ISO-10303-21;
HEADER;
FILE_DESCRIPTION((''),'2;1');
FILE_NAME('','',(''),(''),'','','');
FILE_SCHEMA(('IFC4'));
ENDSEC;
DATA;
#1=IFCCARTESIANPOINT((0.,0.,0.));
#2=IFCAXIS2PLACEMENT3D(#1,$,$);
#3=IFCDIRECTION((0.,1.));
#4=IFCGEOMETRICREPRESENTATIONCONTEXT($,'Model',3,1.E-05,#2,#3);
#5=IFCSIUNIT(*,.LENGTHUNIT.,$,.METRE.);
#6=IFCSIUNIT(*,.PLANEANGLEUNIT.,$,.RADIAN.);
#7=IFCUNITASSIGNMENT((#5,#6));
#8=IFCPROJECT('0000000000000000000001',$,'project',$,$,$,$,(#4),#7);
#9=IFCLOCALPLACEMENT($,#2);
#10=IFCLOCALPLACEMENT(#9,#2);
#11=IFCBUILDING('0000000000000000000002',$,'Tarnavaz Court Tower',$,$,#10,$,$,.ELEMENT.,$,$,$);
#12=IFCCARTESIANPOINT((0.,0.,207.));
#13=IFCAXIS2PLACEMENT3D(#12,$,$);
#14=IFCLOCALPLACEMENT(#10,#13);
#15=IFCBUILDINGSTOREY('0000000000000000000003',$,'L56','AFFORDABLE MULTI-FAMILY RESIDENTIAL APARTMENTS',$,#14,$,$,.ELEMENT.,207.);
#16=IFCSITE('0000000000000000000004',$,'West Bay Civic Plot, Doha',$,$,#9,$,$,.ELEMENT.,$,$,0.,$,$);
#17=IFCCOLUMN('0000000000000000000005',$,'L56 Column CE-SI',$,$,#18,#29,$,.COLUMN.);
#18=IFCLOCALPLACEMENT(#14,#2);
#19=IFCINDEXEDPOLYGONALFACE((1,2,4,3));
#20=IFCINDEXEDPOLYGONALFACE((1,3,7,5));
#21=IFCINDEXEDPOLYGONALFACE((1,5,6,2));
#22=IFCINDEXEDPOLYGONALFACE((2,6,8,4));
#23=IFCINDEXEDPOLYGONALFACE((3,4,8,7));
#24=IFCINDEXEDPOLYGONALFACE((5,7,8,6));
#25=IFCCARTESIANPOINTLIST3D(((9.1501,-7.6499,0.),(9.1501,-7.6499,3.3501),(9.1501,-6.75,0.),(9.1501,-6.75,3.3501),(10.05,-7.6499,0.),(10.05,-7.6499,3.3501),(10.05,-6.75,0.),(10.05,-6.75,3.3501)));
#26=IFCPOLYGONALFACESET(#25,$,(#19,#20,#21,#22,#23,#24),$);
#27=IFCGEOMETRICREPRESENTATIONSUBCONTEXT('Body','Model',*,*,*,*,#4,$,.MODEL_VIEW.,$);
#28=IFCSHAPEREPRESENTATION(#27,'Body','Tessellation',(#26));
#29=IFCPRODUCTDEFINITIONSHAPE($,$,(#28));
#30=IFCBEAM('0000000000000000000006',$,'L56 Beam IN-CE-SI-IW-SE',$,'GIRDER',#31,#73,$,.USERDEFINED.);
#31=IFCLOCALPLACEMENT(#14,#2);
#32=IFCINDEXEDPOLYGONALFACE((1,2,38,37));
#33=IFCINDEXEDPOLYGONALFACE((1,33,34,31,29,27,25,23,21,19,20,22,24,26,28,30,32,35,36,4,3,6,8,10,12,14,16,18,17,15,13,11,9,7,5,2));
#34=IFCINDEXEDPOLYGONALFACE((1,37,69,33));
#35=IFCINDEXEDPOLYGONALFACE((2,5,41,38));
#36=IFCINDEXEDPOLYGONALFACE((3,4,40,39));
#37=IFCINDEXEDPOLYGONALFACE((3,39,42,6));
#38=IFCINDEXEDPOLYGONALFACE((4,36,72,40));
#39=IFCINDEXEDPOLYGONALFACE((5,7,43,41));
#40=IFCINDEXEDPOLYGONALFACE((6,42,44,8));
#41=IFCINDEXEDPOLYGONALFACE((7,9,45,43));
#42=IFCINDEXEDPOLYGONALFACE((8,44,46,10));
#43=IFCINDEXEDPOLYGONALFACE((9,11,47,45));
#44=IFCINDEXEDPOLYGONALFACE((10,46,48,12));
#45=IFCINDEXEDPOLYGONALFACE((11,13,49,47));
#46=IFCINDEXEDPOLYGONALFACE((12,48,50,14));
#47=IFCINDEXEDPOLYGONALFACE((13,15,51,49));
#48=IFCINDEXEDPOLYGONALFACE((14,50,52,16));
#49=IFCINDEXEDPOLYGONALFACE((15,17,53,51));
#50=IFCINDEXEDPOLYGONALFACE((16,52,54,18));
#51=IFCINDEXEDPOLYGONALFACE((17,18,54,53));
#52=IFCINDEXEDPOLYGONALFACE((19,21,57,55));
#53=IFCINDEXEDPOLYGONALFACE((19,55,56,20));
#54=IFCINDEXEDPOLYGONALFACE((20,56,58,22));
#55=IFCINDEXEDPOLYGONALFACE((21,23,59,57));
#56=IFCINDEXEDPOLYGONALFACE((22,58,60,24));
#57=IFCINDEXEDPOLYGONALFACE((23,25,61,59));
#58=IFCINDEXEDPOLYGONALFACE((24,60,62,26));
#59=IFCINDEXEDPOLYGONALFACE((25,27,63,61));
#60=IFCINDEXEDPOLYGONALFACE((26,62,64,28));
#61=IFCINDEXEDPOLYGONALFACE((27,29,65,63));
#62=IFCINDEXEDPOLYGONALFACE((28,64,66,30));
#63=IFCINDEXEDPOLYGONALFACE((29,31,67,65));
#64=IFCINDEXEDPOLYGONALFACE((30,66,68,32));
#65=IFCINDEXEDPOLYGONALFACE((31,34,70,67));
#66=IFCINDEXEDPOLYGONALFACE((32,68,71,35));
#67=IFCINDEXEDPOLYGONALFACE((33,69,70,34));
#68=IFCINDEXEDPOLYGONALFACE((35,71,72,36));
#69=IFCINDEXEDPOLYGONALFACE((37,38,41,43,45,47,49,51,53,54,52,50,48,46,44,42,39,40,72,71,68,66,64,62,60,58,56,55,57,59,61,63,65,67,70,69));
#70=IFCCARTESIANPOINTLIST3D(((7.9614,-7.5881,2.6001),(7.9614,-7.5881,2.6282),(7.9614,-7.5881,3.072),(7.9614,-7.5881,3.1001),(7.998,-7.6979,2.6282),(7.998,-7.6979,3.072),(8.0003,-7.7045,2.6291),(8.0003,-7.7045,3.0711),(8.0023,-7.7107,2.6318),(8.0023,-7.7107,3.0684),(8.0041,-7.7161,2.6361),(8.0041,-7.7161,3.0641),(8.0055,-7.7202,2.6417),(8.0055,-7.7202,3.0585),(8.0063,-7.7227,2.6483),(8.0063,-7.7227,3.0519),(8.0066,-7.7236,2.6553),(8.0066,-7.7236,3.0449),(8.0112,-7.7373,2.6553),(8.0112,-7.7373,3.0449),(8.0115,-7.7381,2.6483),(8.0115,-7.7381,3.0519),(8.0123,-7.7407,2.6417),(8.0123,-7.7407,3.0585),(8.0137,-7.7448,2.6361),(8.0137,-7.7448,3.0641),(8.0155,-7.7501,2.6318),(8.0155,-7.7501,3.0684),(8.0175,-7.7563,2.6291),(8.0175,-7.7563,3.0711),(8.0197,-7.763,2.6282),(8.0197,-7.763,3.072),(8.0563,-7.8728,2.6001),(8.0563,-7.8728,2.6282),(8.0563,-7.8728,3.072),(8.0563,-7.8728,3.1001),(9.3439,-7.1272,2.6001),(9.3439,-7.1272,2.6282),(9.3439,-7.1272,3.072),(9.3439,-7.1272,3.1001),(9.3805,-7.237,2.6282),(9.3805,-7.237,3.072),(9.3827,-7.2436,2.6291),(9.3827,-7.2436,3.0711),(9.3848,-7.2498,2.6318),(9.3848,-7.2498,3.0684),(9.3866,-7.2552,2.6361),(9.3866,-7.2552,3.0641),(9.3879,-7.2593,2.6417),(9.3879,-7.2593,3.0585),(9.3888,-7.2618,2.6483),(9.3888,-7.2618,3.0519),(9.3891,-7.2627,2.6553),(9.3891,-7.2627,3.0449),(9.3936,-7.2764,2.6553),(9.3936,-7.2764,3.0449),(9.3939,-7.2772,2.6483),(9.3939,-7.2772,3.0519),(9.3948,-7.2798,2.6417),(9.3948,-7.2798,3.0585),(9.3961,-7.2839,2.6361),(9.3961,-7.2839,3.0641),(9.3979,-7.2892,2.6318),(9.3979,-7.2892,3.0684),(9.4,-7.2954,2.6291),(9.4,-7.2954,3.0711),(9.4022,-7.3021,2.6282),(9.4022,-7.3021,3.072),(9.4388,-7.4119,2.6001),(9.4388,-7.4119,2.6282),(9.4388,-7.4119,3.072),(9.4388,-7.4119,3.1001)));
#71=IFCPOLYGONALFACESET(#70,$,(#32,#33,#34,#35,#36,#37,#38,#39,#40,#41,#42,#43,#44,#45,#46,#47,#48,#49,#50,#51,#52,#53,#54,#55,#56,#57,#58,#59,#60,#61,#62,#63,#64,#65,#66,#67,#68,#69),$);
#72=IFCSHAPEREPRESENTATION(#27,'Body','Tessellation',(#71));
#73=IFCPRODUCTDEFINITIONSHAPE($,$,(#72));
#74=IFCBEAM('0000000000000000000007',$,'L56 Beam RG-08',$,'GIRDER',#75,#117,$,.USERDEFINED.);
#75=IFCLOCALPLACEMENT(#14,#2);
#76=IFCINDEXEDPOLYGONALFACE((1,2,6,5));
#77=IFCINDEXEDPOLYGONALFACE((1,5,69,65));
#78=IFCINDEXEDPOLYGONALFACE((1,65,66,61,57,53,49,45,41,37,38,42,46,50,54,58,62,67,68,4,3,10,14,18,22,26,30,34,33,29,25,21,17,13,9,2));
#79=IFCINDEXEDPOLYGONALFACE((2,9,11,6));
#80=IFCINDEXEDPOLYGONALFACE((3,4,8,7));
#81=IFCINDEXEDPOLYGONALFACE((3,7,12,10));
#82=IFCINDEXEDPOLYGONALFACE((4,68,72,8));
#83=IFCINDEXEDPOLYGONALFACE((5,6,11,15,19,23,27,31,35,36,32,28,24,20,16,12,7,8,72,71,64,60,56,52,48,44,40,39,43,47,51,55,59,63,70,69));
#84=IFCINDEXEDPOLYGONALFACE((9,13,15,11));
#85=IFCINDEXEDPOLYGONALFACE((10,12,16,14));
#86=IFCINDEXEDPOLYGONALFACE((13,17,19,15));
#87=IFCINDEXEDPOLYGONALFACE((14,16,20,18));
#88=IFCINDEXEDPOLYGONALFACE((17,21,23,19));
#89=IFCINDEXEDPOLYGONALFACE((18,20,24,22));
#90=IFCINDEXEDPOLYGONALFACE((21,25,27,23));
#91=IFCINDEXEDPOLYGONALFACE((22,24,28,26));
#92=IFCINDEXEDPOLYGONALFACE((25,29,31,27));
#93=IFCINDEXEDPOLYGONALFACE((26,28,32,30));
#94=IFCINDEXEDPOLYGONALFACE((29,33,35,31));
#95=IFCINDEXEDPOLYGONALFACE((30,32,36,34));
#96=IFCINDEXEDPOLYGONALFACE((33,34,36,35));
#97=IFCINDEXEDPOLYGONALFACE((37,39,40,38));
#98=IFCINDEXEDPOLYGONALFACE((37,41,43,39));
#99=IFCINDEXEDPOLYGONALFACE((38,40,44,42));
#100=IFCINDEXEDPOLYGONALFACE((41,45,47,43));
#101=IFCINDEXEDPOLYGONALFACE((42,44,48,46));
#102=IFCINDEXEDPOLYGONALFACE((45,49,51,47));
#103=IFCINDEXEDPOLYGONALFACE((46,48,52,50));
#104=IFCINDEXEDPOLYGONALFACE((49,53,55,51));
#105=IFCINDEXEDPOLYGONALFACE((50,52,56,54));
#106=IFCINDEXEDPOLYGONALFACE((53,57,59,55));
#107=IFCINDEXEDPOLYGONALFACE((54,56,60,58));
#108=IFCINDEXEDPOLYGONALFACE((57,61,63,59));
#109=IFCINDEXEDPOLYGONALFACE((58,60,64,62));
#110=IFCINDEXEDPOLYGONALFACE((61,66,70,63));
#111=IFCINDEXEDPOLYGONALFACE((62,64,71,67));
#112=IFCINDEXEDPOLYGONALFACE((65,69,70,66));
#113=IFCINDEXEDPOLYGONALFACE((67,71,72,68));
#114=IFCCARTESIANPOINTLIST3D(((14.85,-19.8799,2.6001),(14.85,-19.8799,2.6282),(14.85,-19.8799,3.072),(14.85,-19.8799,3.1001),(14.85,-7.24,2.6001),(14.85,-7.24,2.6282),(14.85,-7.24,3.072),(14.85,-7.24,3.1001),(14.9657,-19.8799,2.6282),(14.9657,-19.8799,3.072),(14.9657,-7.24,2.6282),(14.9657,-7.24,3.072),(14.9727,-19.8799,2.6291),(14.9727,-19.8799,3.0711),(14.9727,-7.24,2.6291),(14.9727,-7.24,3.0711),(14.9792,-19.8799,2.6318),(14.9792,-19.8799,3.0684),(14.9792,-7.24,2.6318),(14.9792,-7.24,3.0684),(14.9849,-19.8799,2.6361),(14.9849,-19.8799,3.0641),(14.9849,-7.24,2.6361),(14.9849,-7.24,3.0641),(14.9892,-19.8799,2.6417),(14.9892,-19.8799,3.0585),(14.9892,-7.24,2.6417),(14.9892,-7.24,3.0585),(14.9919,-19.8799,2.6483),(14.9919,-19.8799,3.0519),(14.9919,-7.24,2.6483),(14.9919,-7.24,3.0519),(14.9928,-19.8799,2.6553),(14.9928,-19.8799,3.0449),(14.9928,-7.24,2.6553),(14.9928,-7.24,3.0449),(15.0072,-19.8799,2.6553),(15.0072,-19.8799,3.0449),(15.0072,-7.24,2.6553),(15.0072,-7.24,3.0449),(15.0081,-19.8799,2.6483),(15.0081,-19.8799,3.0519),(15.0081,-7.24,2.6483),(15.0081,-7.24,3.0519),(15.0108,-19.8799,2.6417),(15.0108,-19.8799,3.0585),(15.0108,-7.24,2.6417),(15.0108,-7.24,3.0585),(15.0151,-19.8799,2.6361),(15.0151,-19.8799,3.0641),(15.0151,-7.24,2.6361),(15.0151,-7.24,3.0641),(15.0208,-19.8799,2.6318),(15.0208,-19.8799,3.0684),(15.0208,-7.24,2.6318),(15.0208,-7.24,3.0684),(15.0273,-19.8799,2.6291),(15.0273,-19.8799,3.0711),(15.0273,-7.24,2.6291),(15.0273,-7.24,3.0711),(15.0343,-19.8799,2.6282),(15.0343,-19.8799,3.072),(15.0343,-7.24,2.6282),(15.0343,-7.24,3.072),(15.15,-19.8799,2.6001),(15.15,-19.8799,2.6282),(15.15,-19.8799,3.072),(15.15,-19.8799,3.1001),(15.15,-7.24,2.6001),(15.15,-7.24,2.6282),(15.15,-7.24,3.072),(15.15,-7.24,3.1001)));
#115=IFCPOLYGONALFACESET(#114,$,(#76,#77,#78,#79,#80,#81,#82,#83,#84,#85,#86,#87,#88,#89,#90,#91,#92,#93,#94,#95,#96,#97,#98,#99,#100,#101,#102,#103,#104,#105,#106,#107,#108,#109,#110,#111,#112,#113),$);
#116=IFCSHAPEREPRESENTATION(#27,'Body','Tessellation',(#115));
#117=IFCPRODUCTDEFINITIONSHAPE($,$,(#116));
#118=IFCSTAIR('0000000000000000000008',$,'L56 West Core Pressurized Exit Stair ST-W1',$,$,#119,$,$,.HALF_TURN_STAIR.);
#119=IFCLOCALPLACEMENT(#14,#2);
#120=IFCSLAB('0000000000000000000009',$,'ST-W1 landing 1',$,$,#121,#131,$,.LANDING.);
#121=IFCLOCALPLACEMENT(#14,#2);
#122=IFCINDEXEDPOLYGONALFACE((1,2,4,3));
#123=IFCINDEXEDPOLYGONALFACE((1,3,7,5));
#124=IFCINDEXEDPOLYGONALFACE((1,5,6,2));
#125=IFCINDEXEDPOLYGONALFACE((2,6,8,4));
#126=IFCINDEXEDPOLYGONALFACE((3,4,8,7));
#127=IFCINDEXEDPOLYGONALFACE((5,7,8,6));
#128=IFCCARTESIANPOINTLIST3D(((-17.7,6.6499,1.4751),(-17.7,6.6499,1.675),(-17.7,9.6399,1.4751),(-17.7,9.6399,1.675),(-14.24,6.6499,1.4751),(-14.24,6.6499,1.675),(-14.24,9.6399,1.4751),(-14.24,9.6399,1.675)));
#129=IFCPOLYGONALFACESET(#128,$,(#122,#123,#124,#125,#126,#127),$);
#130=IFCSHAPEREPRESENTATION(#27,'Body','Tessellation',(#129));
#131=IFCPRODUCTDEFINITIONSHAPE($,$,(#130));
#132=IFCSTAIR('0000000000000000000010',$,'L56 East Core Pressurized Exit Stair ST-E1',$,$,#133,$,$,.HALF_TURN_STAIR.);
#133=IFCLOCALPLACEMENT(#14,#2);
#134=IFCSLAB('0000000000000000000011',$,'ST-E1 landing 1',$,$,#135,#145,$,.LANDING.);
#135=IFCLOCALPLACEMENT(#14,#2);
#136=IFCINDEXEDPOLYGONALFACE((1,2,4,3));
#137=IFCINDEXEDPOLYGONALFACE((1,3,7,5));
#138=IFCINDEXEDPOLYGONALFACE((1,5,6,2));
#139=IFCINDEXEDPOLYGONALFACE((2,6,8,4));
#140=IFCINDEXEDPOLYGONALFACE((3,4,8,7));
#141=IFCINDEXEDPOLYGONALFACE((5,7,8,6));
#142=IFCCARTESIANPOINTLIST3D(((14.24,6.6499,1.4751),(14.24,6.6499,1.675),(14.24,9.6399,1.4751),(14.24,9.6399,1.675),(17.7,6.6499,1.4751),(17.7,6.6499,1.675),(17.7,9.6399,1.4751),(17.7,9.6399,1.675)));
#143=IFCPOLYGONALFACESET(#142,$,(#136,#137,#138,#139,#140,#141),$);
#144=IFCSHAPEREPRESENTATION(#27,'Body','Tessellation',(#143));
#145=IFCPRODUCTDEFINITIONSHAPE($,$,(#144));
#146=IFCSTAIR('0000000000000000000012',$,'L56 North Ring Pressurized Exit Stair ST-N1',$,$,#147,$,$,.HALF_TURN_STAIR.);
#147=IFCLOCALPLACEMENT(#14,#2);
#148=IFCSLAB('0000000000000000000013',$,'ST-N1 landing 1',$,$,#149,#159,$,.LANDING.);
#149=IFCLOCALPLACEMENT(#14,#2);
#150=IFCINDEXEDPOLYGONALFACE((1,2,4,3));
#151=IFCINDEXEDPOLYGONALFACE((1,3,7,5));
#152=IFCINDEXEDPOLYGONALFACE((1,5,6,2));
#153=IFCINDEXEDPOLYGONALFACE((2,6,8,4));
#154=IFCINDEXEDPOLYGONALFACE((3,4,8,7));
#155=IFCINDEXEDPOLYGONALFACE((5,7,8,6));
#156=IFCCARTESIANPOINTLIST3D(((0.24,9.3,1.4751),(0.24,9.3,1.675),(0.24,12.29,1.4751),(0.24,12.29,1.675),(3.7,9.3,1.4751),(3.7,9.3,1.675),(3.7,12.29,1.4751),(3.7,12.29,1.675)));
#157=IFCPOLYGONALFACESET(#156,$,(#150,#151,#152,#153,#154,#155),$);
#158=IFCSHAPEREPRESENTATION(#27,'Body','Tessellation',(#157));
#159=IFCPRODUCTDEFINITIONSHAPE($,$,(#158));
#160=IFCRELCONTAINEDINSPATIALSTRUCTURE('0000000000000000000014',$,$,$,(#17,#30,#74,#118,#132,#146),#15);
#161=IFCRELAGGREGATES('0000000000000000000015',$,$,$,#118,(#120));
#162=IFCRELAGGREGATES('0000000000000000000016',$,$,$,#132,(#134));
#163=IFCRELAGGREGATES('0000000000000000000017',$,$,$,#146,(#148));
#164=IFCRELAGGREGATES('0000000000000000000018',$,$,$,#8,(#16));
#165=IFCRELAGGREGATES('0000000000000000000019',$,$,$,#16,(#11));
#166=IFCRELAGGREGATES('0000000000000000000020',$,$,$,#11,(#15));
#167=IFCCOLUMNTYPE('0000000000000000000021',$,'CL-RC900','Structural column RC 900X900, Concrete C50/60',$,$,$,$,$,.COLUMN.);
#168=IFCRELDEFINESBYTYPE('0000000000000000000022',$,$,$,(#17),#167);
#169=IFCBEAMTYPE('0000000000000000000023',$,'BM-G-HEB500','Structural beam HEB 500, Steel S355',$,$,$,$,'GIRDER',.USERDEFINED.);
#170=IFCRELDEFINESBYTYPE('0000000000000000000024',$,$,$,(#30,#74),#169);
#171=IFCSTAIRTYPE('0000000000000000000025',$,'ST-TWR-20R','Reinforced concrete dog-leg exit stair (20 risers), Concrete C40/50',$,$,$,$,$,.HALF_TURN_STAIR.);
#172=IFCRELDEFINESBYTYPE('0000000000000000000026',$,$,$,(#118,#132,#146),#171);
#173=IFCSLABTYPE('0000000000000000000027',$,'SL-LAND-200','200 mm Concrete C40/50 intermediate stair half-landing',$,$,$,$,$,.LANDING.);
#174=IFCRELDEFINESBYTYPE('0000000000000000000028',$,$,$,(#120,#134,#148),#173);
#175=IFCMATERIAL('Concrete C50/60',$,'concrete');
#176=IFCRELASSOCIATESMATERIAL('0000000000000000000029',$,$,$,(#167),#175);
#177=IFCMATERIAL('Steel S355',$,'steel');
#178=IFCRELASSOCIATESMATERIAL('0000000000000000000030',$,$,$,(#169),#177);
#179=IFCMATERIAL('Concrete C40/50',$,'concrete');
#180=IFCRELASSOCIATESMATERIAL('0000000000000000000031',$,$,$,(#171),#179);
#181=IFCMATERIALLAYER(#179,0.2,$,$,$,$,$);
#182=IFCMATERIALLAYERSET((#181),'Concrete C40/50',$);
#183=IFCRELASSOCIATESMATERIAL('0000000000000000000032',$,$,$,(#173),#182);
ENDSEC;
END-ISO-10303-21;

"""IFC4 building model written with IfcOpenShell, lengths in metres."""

from ifc_helpers import new_model, si_unit, direction, frame, origin, origin_2d, place, context, subcontext, project, spatial, polyline, rectangle, i_section, outline, extrude, material, layer, layer_set, material_profile, profile_set, type_object, element, aggregate, save


model = new_model("IFC4")

# Units and contexts
model_context = context("Model", 3, precision=1e-05, world=origin(), true_north=direction((0.0, 1.0)))
body_context = subcontext(model_context, "Body", "Model", "MODEL_VIEW")
ifc_project = project(units=[si_unit("LENGTHUNIT", "METRE"), si_unit("PLANEANGLEUNIT", "RADIAN")], contexts=[model_context])

# Site, building, storey
site_placement = place(None, origin())
site = spatial("IfcSite", under=ifc_project, at=site_placement, Name="West Bay Civic Plot, Doha", CompositionType="ELEMENT", RefElevation=0.0)
building_placement = place(site_placement, origin())
building = spatial("IfcBuilding", under=site, at=building_placement, Name="Tarnavaz Court Tower", CompositionType="ELEMENT")
storey_placement = place(building_placement, frame((0.0, 0.0, 207.0)))
storey = spatial("IfcBuildingStorey", under=building, at=storey_placement, Name="L56", Description="AFFORDABLE MULTI-FAMILY RESIDENTIAL APARTMENTS", CompositionType="ELEMENT", Elevation=207.0)

# Column
ifc_material_1 = material(Name="Concrete C50/60", Category="concrete")
ifc_material_profile_1 = material_profile(ifc_material_1, rectangle(XDim=0.8999, YDim=0.8999, at=origin_2d()), Name="RC 900X900")
ifc_profile_set_1 = profile_set([ifc_material_profile_1], Name="Concrete C50/60")
column_type = type_object("IfcColumnType", Name="CL-RC900", Description="Structural column RC 900X900, Concrete C50/60", PredefinedType="COLUMN", material=ifc_profile_set_1)
column_placement = place(storey_placement, frame((9.6001, -7.2, 0.0), z_axis=(0.0, 0.0, 1.0), x_axis=(1.0, 0.0, 0.0)))
element("IfcColumn", 1, at=column_placement, inside=storey, type_object=column_type, Name="L56 Column CE-SI", PredefinedType="COLUMN", context=body_context, shape_type="SweptSolid", body=[
    extrude(rectangle(XDim=0.8999, YDim=0.8999, at=origin_2d()), origin(), (0.0, 0.0, 1.0), 3.3501),
])

# Beams
ifc_material_2 = material(Name="Steel S355", Category="steel")
ifc_material_profile_2 = material_profile(ifc_material_2, i_section(OverallWidth=0.3, OverallDepth=0.5, WebThickness=0.0144, FlangeThickness=0.0281, FilletRadius=0.0271, at=origin_2d()), Name="HEB 500")
ifc_profile_set_2 = profile_set([ifc_material_profile_2], Name="Steel S355")
beam_type = type_object("IfcBeamType", Name="BM-G-HEB500", Description="Structural beam HEB 500, Steel S355", ElementType="GIRDER", PredefinedType="USERDEFINED", material=ifc_profile_set_2)
beam_1_placement = place(storey_placement, frame((9.3914, -7.2695, 2.8501), z_axis=(-0.948667, -0.316278, 0.0), x_axis=(0.316278, -0.948667, 0.0)))
element("IfcBeam", 2, at=beam_1_placement, inside=storey, type_object=beam_type, Name="L56 Beam IN-CE-SI-IW-SE", ObjectType="GIRDER", PredefinedType="USERDEFINED", context=body_context, shape_type="SweptSolid", body=[
    extrude(i_section(OverallWidth=0.3, OverallDepth=0.5, WebThickness=0.0144, FlangeThickness=0.0281, FilletRadius=0.0271, at=origin_2d()), origin(), (0.0, 0.0, 1.0), 1.4573),
])
beam_2_placement = place(storey_placement, frame((15.0, -7.24, 2.8501), z_axis=(0.0, -1.0, 0.0), x_axis=(1.0, 0.0, 0.0)))
element("IfcBeam", 3, at=beam_2_placement, inside=storey, type_object=beam_type, Name="L56 Beam RG-08", ObjectType="GIRDER", PredefinedType="USERDEFINED", context=body_context, shape_type="SweptSolid", body=[
    extrude(i_section(OverallWidth=0.3, OverallDepth=0.5, WebThickness=0.0144, FlangeThickness=0.0281, FilletRadius=0.0271, at=origin_2d()), origin(), (0.0, 0.0, 1.0), 12.6399),
])

# Stairs, slabs
ifc_material_3 = material(Name="Concrete C40/50", Category="concrete")
stair_type = type_object("IfcStairType", Name="ST-TWR-20R", Description="Reinforced concrete dog-leg exit stair (20 risers), Concrete C40/50", PredefinedType="HALF_TURN_STAIR", material=ifc_material_3)
stair_1_placement = place(storey_placement, origin())
stair_1 = element("IfcStair", 4, at=stair_1_placement, inside=storey, type_object=stair_type, Name="L56 West Core Pressurized Exit Stair ST-W1", PredefinedType="HALF_TURN_STAIR")
ifc_layer_1 = layer(ifc_material_3, 0.2)
ifc_layer_set_1 = layer_set([ifc_layer_1], Name="Concrete C40/50")
slab_type_1 = type_object("IfcSlabType", Name="SL-LAND-200", Description="200 mm Concrete C40/50 intermediate stair half-landing", PredefinedType="LANDING", material=ifc_layer_set_1)
slab_1_placement = place(storey_placement, frame((0.0, 0.0, 1.4751)))
slab_1 = element("IfcSlab", 5, at=slab_1_placement, type_object=slab_type_1, Name="ST-W1 landing 1", PredefinedType="LANDING", context=body_context, shape_type="SweptSolid", body=[
    extrude(outline(polyline([(-14.24, 9.6399), (-17.7, 9.6399), (-17.7, 6.6499), (-14.24, 6.6499), (-14.24, 9.6399)])), origin(), (0.0, 0.0, 1.0), 0.2),
])
aggregate(stair_1, [slab_1])
stair_2_placement = place(storey_placement, origin())
stair_2 = element("IfcStair", 6, at=stair_2_placement, inside=storey, type_object=stair_type, Name="L56 East Core Pressurized Exit Stair ST-E1", PredefinedType="HALF_TURN_STAIR")
slab_2_placement = place(storey_placement, frame((0.0, 0.0, 1.4751)))
slab_2 = element("IfcSlab", 7, at=slab_2_placement, type_object=slab_type_1, Name="ST-E1 landing 1", PredefinedType="LANDING", context=body_context, shape_type="SweptSolid", body=[
    extrude(outline(polyline([(14.24, 6.6499), (17.7, 6.6499), (17.7, 9.6399), (14.24, 9.6399), (14.24, 6.6499)])), origin(), (0.0, 0.0, 1.0), 0.2),
])
aggregate(stair_2, [slab_2])
stair_3_placement = place(storey_placement, origin())
stair_3 = element("IfcStair", 8, at=stair_3_placement, inside=storey, type_object=stair_type, Name="L56 North Ring Pressurized Exit Stair ST-N1", PredefinedType="HALF_TURN_STAIR")
slab_3_placement = place(storey_placement, frame((0.0, 0.0, 1.4751)))
slab_3 = element("IfcSlab", 9, at=slab_3_placement, type_object=slab_type_1, Name="ST-N1 landing 1", PredefinedType="LANDING", context=body_context, shape_type="SweptSolid", body=[
    extrude(outline(polyline([(0.24, 9.3), (3.7, 9.3), (3.7, 12.29), (0.24, 12.29), (0.24, 9.3)])), origin(), (0.0, 0.0, 1.0), 0.2),
])
aggregate(stair_3, [slab_3])

save(model, "model.ifc")
